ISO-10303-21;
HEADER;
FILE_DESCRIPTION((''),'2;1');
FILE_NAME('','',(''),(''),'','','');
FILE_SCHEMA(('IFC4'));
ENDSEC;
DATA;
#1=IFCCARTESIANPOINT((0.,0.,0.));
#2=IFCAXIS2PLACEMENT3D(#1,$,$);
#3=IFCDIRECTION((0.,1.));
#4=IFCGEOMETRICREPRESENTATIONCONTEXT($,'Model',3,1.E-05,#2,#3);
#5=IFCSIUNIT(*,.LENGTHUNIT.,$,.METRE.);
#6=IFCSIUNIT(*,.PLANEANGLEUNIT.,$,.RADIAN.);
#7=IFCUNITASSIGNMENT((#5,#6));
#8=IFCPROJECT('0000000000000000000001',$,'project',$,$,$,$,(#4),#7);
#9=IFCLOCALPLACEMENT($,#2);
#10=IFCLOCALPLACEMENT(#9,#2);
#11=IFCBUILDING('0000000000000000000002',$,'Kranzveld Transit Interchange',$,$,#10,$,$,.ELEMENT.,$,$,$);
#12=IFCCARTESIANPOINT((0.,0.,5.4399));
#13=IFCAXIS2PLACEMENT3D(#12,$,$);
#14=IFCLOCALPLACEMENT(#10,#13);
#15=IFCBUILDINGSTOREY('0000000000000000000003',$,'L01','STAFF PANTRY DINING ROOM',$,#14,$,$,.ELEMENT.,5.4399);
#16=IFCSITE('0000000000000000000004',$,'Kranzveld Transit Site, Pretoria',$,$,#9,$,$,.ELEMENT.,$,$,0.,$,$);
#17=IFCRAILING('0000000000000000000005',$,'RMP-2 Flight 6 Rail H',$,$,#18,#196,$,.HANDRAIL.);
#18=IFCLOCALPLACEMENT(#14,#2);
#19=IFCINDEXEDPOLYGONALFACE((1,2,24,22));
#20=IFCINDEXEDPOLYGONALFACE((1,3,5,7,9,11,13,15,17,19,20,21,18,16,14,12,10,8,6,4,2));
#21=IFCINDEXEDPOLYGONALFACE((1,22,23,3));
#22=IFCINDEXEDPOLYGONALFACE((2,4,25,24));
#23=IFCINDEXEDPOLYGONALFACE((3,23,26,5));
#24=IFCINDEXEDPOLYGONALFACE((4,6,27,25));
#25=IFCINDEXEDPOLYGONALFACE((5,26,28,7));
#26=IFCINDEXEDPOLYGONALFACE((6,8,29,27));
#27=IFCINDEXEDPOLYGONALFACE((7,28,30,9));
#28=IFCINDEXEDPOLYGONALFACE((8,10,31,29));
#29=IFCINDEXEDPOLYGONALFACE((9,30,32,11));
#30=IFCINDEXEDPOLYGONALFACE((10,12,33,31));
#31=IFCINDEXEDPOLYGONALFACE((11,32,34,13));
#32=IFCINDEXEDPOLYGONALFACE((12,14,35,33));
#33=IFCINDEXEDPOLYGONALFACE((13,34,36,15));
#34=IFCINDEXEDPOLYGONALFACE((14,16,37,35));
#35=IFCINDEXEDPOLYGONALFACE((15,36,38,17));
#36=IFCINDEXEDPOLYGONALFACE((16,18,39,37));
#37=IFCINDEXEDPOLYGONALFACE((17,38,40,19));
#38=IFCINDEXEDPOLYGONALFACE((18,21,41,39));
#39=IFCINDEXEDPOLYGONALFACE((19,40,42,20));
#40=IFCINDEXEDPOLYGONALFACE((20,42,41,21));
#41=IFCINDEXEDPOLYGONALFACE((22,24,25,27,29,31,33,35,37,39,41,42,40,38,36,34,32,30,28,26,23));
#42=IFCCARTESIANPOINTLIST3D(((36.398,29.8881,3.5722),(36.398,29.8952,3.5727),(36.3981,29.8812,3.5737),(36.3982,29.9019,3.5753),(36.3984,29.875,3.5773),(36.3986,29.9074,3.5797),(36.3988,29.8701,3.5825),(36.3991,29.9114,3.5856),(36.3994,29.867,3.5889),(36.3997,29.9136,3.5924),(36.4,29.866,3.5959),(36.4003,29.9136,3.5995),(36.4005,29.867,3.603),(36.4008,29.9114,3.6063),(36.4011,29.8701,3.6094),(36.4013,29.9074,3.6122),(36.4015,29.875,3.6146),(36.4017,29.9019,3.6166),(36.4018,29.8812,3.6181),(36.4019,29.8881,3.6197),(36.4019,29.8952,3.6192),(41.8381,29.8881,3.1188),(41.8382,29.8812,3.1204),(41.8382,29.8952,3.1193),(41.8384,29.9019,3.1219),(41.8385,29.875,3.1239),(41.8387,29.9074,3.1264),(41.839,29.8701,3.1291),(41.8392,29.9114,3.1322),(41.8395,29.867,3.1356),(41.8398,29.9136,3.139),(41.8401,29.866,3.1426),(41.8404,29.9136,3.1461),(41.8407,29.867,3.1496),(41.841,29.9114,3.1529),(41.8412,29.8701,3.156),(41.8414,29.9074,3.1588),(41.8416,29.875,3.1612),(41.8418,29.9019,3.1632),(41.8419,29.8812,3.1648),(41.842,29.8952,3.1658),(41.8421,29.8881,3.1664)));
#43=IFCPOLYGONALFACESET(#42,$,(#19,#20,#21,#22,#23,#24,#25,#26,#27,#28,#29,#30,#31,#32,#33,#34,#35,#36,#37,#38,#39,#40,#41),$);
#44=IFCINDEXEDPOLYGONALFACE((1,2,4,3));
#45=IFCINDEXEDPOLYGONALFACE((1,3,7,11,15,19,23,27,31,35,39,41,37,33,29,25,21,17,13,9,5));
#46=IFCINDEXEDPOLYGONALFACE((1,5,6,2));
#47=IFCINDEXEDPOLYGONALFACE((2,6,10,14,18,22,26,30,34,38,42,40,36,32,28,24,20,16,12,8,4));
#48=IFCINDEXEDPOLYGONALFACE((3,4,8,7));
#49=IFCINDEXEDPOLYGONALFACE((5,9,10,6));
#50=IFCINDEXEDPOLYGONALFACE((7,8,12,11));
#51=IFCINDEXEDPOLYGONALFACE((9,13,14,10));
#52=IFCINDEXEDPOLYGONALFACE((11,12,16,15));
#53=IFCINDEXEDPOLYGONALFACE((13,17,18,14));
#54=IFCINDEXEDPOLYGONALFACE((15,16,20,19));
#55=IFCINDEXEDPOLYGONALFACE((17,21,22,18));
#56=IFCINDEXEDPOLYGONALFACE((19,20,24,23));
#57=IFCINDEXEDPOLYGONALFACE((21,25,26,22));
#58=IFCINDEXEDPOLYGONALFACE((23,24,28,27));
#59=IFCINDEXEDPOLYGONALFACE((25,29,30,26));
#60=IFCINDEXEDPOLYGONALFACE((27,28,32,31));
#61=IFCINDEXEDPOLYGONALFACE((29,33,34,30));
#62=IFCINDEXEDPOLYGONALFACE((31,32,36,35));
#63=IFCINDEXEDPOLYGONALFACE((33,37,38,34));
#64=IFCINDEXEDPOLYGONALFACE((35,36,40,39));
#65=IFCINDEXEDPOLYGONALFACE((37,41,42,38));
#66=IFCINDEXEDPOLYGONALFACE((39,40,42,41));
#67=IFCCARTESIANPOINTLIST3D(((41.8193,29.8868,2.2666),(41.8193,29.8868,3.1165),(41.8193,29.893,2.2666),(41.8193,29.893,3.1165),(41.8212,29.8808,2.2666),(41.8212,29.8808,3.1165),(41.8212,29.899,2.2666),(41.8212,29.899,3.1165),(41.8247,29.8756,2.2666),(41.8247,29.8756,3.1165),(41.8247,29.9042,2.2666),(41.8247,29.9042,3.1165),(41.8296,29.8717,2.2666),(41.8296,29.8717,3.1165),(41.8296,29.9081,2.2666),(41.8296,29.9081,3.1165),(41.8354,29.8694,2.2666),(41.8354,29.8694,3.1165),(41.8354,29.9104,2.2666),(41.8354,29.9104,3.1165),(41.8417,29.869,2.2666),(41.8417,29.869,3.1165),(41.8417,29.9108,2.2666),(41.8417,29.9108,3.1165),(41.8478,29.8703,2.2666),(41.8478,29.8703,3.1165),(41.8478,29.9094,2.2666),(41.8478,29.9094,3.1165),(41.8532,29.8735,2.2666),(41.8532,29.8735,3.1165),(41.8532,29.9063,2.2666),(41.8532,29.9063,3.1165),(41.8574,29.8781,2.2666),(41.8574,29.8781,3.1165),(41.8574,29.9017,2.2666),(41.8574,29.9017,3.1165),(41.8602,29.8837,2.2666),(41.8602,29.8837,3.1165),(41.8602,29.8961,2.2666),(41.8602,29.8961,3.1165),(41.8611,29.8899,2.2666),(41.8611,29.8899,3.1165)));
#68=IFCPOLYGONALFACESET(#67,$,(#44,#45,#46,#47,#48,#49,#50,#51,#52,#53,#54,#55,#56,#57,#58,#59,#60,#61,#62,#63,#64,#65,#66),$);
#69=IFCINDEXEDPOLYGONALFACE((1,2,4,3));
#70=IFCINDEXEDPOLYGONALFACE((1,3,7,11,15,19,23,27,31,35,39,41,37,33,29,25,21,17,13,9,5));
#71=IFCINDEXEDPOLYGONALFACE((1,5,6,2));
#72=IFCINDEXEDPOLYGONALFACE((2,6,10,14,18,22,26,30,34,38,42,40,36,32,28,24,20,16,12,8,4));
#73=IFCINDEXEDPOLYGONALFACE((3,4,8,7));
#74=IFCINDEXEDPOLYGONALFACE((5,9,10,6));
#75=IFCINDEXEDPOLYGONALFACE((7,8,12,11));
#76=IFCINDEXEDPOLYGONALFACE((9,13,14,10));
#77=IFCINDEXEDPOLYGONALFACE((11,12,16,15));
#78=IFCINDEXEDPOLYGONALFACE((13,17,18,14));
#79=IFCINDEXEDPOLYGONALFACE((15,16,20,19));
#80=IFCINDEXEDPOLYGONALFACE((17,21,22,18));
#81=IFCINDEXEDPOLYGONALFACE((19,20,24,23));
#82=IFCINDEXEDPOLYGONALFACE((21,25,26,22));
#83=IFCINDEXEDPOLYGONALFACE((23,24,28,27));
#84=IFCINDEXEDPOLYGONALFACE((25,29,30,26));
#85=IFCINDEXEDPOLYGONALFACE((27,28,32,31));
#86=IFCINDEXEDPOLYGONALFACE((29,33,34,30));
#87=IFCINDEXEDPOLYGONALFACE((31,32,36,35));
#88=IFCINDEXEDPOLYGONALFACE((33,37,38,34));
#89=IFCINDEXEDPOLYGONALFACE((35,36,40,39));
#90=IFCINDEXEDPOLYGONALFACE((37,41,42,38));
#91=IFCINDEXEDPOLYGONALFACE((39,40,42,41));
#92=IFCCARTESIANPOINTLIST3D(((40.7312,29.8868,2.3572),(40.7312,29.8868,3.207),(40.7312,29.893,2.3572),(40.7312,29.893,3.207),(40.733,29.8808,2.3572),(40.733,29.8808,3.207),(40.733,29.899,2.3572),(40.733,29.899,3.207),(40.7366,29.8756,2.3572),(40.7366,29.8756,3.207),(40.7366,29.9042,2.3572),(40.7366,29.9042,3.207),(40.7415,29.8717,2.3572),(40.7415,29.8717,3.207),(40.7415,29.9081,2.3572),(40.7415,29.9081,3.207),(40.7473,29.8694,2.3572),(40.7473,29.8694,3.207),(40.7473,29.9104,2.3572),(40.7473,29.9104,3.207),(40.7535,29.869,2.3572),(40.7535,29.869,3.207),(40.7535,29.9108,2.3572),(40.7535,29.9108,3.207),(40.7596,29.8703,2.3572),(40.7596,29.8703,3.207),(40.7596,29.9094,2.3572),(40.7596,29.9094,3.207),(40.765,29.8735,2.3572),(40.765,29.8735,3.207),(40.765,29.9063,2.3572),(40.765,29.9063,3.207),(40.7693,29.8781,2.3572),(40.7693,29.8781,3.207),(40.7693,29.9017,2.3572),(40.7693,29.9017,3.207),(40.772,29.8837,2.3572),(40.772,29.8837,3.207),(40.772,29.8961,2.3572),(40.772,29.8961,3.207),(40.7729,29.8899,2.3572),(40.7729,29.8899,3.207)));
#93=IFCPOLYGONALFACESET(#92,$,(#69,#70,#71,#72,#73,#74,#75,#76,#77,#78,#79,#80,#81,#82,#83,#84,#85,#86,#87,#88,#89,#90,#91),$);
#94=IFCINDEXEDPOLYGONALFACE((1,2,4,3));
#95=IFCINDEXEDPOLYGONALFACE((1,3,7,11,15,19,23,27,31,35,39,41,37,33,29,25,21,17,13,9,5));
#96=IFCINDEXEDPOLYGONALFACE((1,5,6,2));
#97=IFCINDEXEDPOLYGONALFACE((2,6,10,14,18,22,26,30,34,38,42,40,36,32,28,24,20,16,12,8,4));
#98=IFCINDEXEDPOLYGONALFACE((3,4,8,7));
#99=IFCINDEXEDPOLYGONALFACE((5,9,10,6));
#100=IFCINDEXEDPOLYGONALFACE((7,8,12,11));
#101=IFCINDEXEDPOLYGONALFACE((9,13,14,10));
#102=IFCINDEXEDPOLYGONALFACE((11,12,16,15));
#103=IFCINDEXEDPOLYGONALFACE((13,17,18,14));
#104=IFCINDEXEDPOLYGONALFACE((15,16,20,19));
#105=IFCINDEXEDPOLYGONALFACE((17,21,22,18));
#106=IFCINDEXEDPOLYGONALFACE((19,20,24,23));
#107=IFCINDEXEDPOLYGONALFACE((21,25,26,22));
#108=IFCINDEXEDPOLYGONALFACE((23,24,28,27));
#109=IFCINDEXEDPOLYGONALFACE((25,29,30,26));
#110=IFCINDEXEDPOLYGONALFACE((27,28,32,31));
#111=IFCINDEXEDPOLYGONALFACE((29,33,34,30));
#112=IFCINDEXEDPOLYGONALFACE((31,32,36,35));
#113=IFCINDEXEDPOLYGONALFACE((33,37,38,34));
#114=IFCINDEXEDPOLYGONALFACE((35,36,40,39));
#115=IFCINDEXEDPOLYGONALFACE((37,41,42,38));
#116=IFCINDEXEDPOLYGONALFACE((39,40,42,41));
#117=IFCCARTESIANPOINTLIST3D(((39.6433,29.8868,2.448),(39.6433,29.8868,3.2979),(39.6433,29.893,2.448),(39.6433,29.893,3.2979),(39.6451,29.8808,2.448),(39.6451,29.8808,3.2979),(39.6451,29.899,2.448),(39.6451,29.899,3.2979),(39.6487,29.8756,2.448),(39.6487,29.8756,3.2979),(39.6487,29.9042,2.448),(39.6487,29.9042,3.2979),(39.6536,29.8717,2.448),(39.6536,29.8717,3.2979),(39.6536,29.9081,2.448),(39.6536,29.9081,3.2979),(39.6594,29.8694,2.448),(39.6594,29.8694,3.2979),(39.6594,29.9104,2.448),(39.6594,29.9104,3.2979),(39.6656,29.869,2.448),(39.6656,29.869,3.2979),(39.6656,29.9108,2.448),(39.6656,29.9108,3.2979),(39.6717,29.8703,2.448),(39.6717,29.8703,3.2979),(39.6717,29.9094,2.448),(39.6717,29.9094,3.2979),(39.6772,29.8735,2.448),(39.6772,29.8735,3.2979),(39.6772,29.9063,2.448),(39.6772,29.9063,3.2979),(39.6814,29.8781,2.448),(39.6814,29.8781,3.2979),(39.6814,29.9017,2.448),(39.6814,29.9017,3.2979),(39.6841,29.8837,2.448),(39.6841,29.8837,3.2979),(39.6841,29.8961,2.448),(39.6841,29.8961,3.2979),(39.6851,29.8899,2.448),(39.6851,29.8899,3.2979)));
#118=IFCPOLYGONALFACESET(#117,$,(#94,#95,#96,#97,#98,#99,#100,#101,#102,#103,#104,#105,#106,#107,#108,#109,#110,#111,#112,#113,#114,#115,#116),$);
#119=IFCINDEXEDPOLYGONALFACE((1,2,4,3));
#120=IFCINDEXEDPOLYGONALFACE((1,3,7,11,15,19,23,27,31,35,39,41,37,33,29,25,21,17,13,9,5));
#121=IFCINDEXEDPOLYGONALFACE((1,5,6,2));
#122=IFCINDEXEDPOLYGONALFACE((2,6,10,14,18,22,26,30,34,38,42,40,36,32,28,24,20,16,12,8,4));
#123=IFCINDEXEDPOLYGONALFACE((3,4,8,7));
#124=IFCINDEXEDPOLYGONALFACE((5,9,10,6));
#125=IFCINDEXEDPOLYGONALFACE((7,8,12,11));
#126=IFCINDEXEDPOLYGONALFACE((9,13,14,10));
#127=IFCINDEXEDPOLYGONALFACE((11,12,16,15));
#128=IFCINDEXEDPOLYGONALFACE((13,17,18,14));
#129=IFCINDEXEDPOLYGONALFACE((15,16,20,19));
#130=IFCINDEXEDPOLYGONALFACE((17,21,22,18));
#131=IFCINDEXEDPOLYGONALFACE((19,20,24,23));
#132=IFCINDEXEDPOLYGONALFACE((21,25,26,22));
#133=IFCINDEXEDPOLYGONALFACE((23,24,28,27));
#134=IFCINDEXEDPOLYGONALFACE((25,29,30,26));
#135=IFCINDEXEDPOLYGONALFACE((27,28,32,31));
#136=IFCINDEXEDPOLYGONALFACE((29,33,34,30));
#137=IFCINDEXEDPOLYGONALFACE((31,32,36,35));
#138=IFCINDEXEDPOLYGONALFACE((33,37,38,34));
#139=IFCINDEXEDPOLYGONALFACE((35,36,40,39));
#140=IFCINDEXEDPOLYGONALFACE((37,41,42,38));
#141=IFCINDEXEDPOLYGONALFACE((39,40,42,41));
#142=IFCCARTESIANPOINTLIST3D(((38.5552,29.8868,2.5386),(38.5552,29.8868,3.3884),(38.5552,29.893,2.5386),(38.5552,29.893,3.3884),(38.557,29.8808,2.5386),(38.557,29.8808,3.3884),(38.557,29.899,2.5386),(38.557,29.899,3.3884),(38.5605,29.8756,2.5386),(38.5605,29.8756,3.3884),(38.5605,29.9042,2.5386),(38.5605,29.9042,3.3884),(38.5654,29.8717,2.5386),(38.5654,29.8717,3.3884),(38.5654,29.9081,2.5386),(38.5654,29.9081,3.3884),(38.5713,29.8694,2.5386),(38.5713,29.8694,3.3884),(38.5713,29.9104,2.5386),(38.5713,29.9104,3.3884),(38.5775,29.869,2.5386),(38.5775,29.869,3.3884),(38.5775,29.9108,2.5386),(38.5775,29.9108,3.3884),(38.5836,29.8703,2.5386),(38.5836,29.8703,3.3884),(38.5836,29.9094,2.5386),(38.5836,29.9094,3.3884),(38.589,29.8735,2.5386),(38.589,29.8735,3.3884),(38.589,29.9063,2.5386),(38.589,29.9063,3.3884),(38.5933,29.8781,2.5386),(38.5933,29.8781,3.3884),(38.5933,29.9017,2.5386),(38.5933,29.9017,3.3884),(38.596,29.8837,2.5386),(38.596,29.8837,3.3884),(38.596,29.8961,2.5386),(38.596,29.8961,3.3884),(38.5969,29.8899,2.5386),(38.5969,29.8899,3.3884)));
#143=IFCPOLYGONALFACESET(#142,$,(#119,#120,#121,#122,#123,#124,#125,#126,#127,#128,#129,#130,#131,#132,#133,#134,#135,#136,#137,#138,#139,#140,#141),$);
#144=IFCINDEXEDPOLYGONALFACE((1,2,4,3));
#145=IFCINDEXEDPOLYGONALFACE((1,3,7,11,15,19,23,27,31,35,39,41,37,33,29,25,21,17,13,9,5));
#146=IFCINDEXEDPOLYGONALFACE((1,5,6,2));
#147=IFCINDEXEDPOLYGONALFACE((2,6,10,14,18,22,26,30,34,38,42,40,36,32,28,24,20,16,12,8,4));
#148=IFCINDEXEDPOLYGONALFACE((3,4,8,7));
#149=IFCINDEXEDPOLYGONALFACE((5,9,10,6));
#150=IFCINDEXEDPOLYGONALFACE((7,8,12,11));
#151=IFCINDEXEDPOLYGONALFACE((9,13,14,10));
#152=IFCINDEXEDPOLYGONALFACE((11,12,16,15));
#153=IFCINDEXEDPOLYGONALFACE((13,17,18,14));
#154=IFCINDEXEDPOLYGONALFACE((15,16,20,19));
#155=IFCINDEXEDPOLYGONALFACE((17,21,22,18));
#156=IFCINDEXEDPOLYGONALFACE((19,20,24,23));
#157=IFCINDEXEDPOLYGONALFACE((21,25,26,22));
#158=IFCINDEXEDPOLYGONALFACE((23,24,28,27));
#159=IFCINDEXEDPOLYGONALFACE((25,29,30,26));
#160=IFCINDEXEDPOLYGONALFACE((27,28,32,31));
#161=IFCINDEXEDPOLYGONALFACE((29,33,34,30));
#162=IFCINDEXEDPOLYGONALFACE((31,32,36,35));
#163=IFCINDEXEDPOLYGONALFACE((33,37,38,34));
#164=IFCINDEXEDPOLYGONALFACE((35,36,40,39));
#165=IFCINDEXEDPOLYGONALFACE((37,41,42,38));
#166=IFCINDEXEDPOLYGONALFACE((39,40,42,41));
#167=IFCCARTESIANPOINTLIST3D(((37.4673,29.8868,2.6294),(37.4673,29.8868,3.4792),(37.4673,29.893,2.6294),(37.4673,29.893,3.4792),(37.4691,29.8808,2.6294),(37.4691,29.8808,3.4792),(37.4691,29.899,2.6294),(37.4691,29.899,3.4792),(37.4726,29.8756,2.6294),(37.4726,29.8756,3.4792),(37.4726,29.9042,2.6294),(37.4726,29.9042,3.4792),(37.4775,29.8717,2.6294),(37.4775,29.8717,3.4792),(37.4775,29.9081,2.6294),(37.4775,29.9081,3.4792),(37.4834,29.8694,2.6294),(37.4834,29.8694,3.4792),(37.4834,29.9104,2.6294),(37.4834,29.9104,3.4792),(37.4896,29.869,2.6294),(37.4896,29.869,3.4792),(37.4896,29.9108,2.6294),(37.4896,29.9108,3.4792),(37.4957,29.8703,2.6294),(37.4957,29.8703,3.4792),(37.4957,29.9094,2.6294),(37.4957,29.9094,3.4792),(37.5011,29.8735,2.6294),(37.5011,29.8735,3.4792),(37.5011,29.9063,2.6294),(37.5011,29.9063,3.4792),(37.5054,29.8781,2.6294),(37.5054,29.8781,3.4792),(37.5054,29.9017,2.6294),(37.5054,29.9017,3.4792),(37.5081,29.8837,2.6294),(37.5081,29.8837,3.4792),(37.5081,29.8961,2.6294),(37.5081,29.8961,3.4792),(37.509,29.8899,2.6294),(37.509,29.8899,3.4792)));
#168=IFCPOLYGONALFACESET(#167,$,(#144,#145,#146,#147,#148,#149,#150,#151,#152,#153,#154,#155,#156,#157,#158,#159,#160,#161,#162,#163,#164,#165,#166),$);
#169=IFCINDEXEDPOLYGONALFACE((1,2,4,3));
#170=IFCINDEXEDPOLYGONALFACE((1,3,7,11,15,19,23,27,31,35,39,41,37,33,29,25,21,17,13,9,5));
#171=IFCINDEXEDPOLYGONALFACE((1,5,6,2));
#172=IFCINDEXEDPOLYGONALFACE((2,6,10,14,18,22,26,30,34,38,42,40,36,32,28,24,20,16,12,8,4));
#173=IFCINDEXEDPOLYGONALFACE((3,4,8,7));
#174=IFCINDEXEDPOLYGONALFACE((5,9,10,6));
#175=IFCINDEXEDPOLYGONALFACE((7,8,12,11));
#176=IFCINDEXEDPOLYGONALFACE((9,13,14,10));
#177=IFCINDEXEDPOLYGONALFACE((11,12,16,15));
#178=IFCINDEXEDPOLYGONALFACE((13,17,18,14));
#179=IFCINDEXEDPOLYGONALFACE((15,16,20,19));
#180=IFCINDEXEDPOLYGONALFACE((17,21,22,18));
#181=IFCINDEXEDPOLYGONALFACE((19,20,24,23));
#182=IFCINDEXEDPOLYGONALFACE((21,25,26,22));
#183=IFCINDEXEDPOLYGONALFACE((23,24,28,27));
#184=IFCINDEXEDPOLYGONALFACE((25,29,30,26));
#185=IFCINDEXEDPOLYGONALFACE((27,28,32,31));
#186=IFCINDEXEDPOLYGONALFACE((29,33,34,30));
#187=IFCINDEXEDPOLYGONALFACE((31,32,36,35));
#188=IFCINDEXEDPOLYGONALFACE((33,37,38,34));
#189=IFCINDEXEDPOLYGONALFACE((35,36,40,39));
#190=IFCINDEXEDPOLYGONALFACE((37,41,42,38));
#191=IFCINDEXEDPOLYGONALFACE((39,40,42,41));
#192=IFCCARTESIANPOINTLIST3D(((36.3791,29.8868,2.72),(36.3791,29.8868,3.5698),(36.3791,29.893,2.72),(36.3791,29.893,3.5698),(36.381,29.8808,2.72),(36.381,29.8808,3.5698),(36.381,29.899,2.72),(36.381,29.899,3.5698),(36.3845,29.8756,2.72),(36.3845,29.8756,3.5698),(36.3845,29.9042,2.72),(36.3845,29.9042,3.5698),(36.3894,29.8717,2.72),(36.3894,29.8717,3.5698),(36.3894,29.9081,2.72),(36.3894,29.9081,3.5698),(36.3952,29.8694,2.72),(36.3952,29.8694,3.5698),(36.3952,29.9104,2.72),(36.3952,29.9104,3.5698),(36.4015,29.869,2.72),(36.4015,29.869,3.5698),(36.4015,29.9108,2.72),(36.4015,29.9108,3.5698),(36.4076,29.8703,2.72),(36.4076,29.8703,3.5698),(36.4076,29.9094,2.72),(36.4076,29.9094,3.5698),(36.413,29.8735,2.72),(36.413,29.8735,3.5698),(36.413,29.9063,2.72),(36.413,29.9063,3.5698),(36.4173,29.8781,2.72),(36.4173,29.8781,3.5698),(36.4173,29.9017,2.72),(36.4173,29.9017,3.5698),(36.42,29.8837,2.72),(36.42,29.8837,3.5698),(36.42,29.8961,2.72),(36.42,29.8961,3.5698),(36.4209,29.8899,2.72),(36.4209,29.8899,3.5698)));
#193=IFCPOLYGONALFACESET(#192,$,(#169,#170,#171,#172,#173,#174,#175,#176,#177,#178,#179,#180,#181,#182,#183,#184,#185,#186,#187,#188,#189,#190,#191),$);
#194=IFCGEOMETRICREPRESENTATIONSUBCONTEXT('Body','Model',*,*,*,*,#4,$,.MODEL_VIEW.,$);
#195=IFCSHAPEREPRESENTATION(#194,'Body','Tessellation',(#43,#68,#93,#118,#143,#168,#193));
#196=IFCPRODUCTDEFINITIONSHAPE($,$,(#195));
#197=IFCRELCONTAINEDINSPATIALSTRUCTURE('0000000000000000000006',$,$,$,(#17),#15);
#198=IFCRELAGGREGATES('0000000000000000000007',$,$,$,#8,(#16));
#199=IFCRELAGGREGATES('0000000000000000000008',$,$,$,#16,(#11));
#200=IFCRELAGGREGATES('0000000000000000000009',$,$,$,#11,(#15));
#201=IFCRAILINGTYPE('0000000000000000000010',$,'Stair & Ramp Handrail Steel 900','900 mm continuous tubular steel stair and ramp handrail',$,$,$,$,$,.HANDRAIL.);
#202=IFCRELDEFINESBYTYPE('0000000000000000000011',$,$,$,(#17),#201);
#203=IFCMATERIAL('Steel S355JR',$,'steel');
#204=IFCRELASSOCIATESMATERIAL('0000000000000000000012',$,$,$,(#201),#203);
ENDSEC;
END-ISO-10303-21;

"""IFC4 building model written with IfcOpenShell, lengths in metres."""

from ifc_helpers import new_model, si_unit, direction, frame, origin, origin_2d, place, context, subcontext, project, spatial, circle, extrude, material, type_object, element, save


model = new_model("IFC4")

# Units and contexts
model_context = context("Model", 3, precision=1e-05, world=origin(), true_north=direction((0.0, 1.0)))
body_context = subcontext(model_context, "Body", "Model", "MODEL_VIEW")
ifc_project = project(units=[si_unit("LENGTHUNIT", "METRE"), si_unit("PLANEANGLEUNIT", "RADIAN")], contexts=[model_context])

# Site, building, storey
site_placement = place(None, origin())
site = spatial("IfcSite", under=ifc_project, at=site_placement, Name="Kranzveld Transit Site, Pretoria", CompositionType="ELEMENT", RefElevation=0.0)
building_placement = place(site_placement, origin())
building = spatial("IfcBuilding", under=site, at=building_placement, Name="Kranzveld Transit Interchange", CompositionType="ELEMENT")
storey_placement = place(building_placement, frame((0.0, 0.0, 5.4399)))
storey = spatial("IfcBuildingStorey", under=building, at=storey_placement, Name="L01", Description="STAFF PANTRY DINING ROOM", CompositionType="ELEMENT", Elevation=5.4399)

# Railing
ifc_material_1 = material(Name="Steel S355JR", Category="steel")
railing_type_1 = type_object("IfcRailingType", Name="Stair & Ramp Handrail Steel 900", Description="900 mm continuous tubular steel stair and ramp handrail", PredefinedType="HANDRAIL", material=ifc_material_1)
for number, where, name in (
    (1, (41.8401, 29.8899, 2.2666), "RMP-2 Flight 6 Rail H"),
):
    element("IfcRailing", number, at=place(storey_placement, frame(where)), inside=storey, type_object=railing_type_1, Name=name, PredefinedType="HANDRAIL", context=body_context, shape_type="SweptSolid", body=[
        extrude(circle(Radius=0.0239, at=origin_2d()), frame((0.0, 0.0, 0.876), z_axis=(-0.996545, 0.0, 0.083049), x_axis=(0.0, -1.0, 0.0)), (0.0, 0.0, 1.0), 5.459),
        extrude(circle(Radius=0.021, at=origin_2d()), origin(), (0.0, 0.0, 1.0), 0.8499),
        extrude(circle(Radius=0.021, at=origin_2d()), frame((-1.0881, 0.0, 0.0906)), (0.0, 0.0, 1.0), 0.8499),
        extrude(circle(Radius=0.021, at=origin_2d()), frame((-2.176, 0.0, 0.1814)), (0.0, 0.0, 1.0), 0.8499),
        extrude(circle(Radius=0.021, at=origin_2d()), frame((-3.2642, 0.0, 0.272)), (0.0, 0.0, 1.0), 0.8499),
        extrude(circle(Radius=0.021, at=origin_2d()), frame((-4.3521, 0.0, 0.3628)), (0.0, 0.0, 1.0), 0.8499),
        extrude(circle(Radius=0.021, at=origin_2d()), frame((-5.4402, 0.0, 0.4534)), (0.0, 0.0, 1.0), 0.8499),
    ])

save(model, "model.ifc")
